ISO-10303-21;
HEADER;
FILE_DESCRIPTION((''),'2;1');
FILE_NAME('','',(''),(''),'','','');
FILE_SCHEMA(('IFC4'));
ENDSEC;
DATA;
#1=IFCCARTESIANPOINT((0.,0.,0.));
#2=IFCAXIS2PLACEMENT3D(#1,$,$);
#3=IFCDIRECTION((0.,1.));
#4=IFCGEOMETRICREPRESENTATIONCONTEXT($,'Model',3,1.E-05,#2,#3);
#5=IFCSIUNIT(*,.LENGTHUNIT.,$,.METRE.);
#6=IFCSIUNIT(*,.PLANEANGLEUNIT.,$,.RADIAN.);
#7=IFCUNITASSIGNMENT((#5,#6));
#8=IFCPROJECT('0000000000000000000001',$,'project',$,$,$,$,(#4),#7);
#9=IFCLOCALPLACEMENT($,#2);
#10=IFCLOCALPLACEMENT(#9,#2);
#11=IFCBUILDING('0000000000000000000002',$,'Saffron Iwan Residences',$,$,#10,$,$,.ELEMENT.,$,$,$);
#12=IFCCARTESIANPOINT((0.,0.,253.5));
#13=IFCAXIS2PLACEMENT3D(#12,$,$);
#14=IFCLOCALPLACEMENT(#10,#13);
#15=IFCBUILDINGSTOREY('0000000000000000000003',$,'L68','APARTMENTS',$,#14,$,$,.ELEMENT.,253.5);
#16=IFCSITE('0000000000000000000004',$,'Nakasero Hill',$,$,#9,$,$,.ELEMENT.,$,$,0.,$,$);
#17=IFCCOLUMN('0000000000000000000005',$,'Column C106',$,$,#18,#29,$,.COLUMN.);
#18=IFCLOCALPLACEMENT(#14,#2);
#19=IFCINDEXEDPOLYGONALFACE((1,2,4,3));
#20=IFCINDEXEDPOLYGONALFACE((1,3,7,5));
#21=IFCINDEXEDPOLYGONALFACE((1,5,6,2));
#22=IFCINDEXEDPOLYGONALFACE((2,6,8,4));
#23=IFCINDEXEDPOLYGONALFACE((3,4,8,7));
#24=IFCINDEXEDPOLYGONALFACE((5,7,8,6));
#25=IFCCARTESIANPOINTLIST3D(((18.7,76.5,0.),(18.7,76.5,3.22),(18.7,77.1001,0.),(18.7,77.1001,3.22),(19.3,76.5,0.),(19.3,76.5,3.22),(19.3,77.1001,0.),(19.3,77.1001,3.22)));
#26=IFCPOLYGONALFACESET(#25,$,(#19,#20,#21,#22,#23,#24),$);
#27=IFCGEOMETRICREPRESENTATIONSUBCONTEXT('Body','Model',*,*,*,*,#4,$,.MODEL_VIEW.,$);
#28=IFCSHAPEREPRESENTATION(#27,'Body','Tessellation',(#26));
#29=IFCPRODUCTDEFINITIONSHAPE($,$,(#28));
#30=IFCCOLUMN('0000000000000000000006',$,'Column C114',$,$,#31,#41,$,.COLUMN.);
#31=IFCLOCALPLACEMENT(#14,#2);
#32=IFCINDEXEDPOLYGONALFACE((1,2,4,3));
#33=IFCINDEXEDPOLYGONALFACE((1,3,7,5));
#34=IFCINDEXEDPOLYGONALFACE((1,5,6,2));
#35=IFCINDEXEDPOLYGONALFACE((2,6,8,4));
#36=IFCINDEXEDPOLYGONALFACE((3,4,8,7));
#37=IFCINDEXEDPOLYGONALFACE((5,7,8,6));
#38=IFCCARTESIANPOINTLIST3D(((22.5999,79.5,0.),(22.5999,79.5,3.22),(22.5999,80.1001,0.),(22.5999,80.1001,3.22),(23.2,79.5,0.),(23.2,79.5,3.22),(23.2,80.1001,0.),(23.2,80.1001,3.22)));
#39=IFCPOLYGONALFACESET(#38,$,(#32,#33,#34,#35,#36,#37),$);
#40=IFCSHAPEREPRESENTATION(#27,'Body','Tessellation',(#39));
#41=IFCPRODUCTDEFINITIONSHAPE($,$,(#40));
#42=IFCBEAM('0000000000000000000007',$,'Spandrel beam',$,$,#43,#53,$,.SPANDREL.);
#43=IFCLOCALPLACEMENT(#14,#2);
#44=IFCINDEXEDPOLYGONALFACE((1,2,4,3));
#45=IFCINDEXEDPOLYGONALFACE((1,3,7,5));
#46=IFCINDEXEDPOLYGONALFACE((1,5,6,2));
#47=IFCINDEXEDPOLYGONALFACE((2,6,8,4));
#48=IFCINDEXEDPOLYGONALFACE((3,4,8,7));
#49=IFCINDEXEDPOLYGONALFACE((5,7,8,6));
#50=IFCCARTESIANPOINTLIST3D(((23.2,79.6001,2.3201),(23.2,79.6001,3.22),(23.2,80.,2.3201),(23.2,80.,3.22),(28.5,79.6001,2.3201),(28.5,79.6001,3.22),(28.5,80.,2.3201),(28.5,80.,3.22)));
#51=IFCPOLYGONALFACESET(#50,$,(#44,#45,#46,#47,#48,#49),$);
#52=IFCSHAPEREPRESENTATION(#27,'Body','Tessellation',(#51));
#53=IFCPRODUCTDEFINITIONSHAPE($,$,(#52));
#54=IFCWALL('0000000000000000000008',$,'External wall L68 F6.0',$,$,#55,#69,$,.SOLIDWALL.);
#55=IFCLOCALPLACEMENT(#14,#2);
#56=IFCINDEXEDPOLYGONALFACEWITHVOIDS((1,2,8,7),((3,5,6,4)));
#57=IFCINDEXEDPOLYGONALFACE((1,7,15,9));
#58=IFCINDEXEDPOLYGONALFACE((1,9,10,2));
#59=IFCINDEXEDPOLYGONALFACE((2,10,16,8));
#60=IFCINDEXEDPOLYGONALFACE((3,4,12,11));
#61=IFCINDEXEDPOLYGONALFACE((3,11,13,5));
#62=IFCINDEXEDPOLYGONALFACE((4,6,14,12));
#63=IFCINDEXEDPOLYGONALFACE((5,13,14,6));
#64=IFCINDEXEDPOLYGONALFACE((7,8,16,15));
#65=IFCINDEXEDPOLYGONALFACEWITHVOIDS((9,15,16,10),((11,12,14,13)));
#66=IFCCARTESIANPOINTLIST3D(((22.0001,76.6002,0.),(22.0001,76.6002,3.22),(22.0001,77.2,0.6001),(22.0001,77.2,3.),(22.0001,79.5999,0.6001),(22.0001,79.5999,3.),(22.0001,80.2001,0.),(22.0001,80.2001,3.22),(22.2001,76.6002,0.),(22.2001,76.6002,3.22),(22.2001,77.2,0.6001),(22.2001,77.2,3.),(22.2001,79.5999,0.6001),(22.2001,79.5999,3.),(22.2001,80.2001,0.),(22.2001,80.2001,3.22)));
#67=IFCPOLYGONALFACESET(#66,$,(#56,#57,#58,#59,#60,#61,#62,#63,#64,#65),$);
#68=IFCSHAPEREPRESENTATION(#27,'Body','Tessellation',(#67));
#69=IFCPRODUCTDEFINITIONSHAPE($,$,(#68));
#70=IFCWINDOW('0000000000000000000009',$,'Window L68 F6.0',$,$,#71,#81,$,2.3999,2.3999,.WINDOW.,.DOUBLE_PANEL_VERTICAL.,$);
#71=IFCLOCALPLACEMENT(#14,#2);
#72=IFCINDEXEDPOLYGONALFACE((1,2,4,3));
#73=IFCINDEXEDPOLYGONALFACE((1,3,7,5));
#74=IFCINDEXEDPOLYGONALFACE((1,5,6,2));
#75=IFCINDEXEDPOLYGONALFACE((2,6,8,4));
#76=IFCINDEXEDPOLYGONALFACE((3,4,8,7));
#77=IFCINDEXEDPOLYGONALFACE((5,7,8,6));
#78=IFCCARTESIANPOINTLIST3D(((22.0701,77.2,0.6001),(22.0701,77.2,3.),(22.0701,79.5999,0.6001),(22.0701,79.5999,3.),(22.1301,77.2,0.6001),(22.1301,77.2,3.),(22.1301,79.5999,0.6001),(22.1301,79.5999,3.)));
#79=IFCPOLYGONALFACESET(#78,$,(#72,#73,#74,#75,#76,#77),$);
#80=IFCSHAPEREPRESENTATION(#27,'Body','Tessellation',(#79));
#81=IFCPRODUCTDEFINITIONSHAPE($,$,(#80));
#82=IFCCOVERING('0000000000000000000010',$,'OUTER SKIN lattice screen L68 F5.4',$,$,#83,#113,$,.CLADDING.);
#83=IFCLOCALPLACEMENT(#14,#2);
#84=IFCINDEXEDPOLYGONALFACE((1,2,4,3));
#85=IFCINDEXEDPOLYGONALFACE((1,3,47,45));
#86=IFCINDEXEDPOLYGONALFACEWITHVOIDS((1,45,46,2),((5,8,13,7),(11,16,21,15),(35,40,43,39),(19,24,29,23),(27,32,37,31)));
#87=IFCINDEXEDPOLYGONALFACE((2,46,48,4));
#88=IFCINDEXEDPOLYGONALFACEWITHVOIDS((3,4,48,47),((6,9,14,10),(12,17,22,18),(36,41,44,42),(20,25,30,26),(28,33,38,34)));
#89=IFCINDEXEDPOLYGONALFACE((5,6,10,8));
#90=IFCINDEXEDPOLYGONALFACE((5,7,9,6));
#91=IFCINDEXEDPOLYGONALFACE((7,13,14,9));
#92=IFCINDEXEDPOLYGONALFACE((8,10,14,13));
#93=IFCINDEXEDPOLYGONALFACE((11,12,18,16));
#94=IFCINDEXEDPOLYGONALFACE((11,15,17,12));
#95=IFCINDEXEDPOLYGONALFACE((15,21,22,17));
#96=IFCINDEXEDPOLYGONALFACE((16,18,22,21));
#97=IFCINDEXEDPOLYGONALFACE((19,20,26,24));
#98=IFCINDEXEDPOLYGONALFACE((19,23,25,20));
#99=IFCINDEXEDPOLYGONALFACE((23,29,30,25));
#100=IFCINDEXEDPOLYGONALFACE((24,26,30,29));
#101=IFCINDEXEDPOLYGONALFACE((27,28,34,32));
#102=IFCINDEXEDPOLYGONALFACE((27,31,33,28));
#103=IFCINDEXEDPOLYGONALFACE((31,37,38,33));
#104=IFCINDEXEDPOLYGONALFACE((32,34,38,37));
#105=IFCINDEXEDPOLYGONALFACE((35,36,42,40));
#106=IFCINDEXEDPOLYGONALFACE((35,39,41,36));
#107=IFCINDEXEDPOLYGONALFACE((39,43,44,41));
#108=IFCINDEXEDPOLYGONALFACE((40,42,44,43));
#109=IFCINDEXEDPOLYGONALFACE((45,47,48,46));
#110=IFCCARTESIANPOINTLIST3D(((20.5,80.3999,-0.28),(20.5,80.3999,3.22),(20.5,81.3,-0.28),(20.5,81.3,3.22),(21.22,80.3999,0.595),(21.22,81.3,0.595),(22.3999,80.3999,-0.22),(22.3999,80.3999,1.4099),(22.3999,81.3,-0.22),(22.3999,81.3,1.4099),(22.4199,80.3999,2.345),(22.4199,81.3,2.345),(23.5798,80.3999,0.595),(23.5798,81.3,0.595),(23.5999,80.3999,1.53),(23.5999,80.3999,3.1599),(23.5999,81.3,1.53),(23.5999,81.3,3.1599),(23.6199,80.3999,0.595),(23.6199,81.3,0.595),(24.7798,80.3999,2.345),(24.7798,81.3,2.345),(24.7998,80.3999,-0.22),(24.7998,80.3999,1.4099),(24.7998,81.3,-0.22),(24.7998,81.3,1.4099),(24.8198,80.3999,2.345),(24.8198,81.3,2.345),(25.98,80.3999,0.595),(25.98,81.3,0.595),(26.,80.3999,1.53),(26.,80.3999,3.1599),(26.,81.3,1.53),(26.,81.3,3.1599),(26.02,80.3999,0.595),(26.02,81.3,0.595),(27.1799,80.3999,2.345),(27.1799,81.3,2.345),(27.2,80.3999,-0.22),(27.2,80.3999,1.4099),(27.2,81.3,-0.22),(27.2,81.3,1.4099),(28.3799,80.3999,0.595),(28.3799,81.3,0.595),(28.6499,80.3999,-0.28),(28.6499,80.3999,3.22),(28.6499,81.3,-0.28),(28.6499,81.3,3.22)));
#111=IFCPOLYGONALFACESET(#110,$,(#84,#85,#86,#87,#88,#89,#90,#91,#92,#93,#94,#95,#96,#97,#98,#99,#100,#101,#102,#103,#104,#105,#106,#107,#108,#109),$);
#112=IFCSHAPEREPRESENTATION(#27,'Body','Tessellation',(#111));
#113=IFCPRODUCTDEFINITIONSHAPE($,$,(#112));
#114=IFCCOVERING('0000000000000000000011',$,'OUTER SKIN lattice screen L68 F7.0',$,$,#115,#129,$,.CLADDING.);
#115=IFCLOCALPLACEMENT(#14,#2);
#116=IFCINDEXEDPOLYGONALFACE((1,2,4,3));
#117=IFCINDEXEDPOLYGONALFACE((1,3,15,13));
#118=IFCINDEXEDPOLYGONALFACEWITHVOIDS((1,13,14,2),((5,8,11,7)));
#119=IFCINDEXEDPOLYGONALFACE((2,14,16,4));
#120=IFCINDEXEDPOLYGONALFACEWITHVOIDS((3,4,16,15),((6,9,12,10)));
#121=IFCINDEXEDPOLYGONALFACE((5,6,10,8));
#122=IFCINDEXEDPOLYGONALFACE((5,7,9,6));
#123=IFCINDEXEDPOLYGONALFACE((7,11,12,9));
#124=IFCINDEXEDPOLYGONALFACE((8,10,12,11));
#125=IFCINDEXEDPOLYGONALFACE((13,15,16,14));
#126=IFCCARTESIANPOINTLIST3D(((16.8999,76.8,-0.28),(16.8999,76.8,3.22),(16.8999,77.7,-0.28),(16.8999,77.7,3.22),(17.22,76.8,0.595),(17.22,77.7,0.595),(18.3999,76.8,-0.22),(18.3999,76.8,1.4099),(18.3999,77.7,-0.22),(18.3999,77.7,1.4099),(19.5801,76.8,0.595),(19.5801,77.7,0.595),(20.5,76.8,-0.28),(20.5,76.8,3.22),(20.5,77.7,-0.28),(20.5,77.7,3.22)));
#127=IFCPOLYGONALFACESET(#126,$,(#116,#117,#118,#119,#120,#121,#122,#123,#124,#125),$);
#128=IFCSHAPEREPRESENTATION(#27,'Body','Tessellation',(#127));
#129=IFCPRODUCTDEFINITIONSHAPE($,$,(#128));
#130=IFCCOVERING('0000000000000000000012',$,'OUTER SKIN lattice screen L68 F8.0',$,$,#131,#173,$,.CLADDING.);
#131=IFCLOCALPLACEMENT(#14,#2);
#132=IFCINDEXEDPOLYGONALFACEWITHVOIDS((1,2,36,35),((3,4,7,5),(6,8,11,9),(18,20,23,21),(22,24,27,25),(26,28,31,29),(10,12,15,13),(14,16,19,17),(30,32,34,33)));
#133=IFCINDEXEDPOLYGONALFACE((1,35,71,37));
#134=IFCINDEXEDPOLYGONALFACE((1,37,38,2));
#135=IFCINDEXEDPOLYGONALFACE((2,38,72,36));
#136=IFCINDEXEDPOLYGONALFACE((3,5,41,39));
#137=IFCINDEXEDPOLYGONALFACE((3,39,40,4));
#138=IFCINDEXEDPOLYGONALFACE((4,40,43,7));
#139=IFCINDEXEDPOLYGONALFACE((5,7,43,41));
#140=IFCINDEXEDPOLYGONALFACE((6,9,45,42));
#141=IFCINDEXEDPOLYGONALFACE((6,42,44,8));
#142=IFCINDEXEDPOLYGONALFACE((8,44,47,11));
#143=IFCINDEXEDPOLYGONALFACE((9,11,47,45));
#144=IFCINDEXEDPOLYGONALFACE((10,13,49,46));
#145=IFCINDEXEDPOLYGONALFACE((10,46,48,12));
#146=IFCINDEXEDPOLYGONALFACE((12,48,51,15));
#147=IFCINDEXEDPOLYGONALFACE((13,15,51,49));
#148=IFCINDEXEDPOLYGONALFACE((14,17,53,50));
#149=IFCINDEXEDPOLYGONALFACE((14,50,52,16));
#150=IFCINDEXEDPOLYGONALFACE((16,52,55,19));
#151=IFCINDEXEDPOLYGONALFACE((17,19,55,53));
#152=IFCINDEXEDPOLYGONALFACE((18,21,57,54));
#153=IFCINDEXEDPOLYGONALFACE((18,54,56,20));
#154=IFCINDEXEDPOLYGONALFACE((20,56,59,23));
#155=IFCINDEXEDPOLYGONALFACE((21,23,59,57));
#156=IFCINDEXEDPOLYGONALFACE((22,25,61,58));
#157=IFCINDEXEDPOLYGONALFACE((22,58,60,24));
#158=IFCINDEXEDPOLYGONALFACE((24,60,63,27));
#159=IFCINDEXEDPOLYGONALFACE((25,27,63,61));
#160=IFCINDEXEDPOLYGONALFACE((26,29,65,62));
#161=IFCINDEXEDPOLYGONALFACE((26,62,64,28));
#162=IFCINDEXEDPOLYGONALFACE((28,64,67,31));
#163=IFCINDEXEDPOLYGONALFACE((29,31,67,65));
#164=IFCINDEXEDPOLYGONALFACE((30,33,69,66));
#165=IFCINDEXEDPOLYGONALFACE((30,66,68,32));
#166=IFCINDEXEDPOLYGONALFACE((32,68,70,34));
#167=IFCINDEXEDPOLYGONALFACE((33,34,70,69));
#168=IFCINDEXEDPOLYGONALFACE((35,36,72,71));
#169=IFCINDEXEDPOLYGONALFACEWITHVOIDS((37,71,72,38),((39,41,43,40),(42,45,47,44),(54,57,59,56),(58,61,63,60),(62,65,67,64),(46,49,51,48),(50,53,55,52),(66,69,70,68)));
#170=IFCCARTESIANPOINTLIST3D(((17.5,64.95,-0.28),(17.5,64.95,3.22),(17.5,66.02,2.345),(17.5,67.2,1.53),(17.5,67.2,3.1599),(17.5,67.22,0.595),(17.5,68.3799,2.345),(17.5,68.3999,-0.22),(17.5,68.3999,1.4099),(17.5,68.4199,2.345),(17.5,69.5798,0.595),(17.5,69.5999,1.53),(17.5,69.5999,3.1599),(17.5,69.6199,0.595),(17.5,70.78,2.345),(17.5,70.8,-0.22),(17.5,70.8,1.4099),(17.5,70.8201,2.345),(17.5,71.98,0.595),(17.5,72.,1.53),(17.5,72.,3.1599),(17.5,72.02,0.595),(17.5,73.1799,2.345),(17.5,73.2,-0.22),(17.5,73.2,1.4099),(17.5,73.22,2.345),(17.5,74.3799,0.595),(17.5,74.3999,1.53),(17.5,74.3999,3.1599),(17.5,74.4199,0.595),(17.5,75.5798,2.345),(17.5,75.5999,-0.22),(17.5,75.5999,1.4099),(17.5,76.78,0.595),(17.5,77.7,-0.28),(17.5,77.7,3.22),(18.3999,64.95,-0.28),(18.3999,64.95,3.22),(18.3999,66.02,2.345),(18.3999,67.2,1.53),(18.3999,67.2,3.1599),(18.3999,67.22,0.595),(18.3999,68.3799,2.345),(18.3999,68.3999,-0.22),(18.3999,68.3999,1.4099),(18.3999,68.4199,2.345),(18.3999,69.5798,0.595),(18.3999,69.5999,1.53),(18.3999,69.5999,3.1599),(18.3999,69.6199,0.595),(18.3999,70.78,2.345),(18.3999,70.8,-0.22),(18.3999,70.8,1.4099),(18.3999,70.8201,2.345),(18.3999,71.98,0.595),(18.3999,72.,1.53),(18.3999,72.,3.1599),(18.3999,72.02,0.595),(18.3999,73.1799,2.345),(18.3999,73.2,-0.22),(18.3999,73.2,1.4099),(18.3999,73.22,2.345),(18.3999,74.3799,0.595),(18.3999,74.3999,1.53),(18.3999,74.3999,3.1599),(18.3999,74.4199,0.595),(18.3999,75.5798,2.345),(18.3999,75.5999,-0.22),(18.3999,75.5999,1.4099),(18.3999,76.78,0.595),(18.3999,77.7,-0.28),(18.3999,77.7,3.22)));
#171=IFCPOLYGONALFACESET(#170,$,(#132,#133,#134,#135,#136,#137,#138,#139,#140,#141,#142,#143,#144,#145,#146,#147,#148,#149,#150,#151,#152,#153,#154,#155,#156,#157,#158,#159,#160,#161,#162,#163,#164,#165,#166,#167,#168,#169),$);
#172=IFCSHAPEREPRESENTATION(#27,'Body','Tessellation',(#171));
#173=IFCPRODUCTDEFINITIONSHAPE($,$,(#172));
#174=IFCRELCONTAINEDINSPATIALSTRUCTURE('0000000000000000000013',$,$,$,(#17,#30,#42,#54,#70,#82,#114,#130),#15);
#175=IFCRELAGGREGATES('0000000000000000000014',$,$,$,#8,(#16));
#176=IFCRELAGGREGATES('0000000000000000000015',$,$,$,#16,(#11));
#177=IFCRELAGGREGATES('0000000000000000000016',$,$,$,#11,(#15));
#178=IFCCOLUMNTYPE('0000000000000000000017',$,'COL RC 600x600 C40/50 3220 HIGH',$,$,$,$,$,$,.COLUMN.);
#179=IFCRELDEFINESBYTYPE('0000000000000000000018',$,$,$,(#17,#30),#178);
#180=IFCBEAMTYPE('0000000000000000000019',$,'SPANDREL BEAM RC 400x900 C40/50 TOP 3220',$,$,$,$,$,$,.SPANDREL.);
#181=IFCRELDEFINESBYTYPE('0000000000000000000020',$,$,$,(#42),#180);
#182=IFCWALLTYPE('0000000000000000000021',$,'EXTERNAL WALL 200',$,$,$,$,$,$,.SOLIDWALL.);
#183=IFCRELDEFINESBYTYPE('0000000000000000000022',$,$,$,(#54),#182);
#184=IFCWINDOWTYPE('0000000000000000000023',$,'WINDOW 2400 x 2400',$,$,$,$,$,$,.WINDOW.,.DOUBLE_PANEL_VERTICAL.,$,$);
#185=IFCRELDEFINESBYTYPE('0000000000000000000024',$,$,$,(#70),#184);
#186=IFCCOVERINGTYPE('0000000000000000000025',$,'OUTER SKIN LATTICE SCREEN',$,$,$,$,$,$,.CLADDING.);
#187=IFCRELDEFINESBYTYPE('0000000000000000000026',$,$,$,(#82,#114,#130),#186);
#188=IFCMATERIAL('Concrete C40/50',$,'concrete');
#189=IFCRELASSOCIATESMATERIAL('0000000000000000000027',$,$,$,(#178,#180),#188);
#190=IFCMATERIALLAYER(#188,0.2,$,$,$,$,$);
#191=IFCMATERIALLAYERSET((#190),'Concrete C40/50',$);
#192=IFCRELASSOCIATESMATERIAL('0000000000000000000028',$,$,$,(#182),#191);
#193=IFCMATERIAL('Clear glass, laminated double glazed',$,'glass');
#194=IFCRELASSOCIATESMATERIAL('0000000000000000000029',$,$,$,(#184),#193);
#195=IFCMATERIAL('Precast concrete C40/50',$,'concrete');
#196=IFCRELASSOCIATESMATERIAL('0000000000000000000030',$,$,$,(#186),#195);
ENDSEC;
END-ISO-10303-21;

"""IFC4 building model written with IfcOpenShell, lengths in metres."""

from ifc_helpers import new_model, si_unit, direction, frame, frame_2d, origin, origin_2d, place, context, subcontext, project, spatial, polyline, rectangle, outline, extrude, source, transform, mapped, material, layer, layer_set, material_profile, profile_set, type_object, element, fill, save


model = new_model("IFC4")

# Units and contexts
model_context = context("Model", 3, precision=1e-05, world=origin(), true_north=direction((0.0, 1.0)))
body_context = subcontext(model_context, "Body", "Model", "MODEL_VIEW")
ifc_project = project(units=[si_unit("LENGTHUNIT", "METRE"), si_unit("PLANEANGLEUNIT", "RADIAN")], contexts=[model_context])

# Site, building, storey
site_placement = place(None, origin())
site = spatial("IfcSite", under=ifc_project, at=site_placement, Name="Nakasero Hill", CompositionType="ELEMENT", RefElevation=0.0)
building_placement = place(site_placement, origin())
building = spatial("IfcBuilding", under=site, at=building_placement, Name="Saffron Iwan Residences", CompositionType="ELEMENT")
storey_placement = place(building_placement, frame((0.0, 0.0, 253.5)))
storey = spatial("IfcBuildingStorey", under=building, at=storey_placement, Name="L68", Description="APARTMENTS", CompositionType="ELEMENT", Elevation=253.5)

# Columns
ifc_material_1 = material(Name="Concrete C40/50", Category="concrete")
ifc_material_profile_1 = material_profile(ifc_material_1, rectangle(XDim=0.6001, YDim=0.6001, at=origin_2d()), Name="RC 600x600")
ifc_profile_set_1 = profile_set([ifc_material_profile_1], Name="Concrete C40/50")
column_type = type_object("IfcColumnType", Name="COL RC 600x600 C40/50 3220 HIGH", PredefinedType="COLUMN", material=ifc_profile_set_1)
shared_shape_1 = source(origin(), body_context, "Body", "SweptSolid", [
    extrude(rectangle(XDim=0.6001, YDim=0.6001, at=origin_2d()), origin(), (0.0, 0.0, 1.0), 3.22),
])
for number, where, z_axis, x_axis, name in (
    (1, (19.0, 76.8, 0.0), (0.0, 0.0, 1.0), (1.0, 0.0, 0.0), "Column C106"),
    (2, (22.8999, 79.8, 0.0), (0.0, 0.0, 1.0), (1.0, 0.0, 0.0), "Column C114"),
):
    element("IfcColumn", number, at=place(storey_placement, frame(where, z_axis=z_axis, x_axis=x_axis)), inside=storey, type_object=column_type, Name=name, PredefinedType="COLUMN", context=body_context, shape_type="MappedRepresentation", body=[
        mapped(shared_shape_1, transform((0.0, 0.0, 0.0))),
    ])

# Beam
ifc_material_profile_2 = material_profile(ifc_material_1, rectangle(XDim=0.3999, YDim=0.8999, at=origin_2d()), Name="RC 400x900")
ifc_profile_set_2 = profile_set([ifc_material_profile_2], Name="Concrete C40/50")
beam_type = type_object("IfcBeamType", Name="SPANDREL BEAM RC 400x900 C40/50 TOP 3220", PredefinedType="SPANDREL", material=ifc_profile_set_2)
shared_shape_2 = source(origin(), body_context, "Body", "SweptSolid", [
    extrude(rectangle(XDim=0.3999, YDim=0.8999, at=origin_2d()), origin(), (0.0, 0.0, 1.0), 5.3),
])
beam_placement = place(storey_placement, frame((23.2, 79.8, 2.77), z_axis=(1.0, 0.0, 0.0), x_axis=(0.0, 1.0, 0.0)))
element("IfcBeam", 3, at=beam_placement, inside=storey, type_object=beam_type, Name="Spandrel beam", PredefinedType="SPANDREL", context=body_context, shape_type="MappedRepresentation", body=[
    mapped(shared_shape_2, transform((0.0, 0.0, 0.0))),
])

# Wall, opening, window
ifc_layer = layer(ifc_material_1, 0.2)
ifc_layer_set = layer_set([ifc_layer], Name="Concrete C40/50")
wall_type = type_object("IfcWallType", Name="EXTERNAL WALL 200", PredefinedType="SOLIDWALL", material=ifc_layer_set)
wall_placement = place(storey_placement, frame((22.1001, 80.2, 0.0), z_axis=(0.0, 0.0, 1.0), x_axis=(0.0, -1.0, 0.0)))
wall = element("IfcWall", 4, at=wall_placement, inside=storey, type_object=wall_type, Name="External wall L68 F6.0", PredefinedType="SOLIDWALL", context=body_context, shape_type="SweptSolid", body=[
    extrude(rectangle(XDim=3.5999, YDim=0.2, at=frame_2d((1.7998, 0.0))), origin(), (0.0, 0.0, 1.0), 3.22),
])
opening_placement = place(wall_placement, frame((0.6001, 0.0, 0.6001)))
opening = element("IfcOpeningElement", 5, at=opening_placement, cuts=wall, PredefinedType="OPENING", context=body_context, shape_type="SweptSolid", body=[
    extrude(rectangle(XDim=2.3999, YDim=2.3999, at=frame_2d((1.2, 1.2))), frame((0.0, 0.1099, 0.0), z_axis=(0.0, -1.0, 0.0), x_axis=(1.0, 0.0, 0.0)), (0.0, 0.0, 1.0), 0.22),
])
ifc_material_2 = material(Name="Clear glass, laminated double glazed", Category="glass")
window_type = type_object("IfcWindowType", Name="WINDOW 2400 x 2400", PartitioningType="DOUBLE_PANEL_VERTICAL", PredefinedType="WINDOW", material=ifc_material_2)
window_placement = place(opening_placement, origin())
window = element("IfcWindow", 6, at=window_placement, inside=storey, type_object=window_type, Name="Window L68 F6.0", OverallHeight=2.3999, OverallWidth=2.3999, PartitioningType="DOUBLE_PANEL_VERTICAL", PredefinedType="WINDOW", context=body_context, shape_type="SweptSolid", body=[
    extrude(rectangle(XDim=2.3999, YDim=2.3999, at=frame_2d((1.2, 1.2))), frame((0.0, 0.03, 0.0), z_axis=(0.0, -1.0, 0.0), x_axis=(1.0, 0.0, 0.0)), (0.0, 0.0, 1.0), 0.0601),
])
fill(opening, window)

# Coverings
ifc_material_3 = material(Name="Precast concrete C40/50", Category="concrete")
covering_type_1 = type_object("IfcCoveringType", Name="OUTER SKIN LATTICE SCREEN", PredefinedType="CLADDING", material=ifc_material_3)
covering_1_placement = place(storey_placement, frame((28.6499, 80.3999, -0.28), z_axis=(0.0, 1.0, 0.0), x_axis=(-1.0, 0.0, 0.0)))
element("IfcCovering", 7, at=covering_1_placement, inside=storey, type_object=covering_type_1, Name="OUTER SKIN lattice screen L68 F5.4", PredefinedType="CLADDING", context=body_context, shape_type="SweptSolid", body=[
    extrude(outline(polyline([(0.0, 0.0), (8.1499, 0.0), (8.1499, 3.5), (0.0, 3.5), (0.0, 0.0)]), holes=[polyline([(0.27, 0.875), (1.45, 0.0601), (2.6299, 0.875), (1.45, 1.6899), (0.27, 0.875)]), polyline([(2.6699, 0.875), (3.8501, 0.0601), (5.03, 0.875), (3.8501, 1.6899), (2.6699, 0.875)]), polyline([(5.0701, 0.875), (6.25, 0.0601), (7.4299, 0.875), (6.25, 1.6899), (5.0701, 0.875)]), polyline([(1.47, 2.625), (2.6499, 1.8101), (3.8301, 2.625), (2.6499, 3.4399), (1.47, 2.625)]), polyline([(3.8701, 2.625), (5.05, 1.8101), (6.23, 2.625), (5.05, 3.4399), (3.8701, 2.625)])]), origin(), (0.0, 0.0, 1.0), 0.9001),
])
covering_2_placement = place(storey_placement, frame((20.5, 76.8, -0.28), z_axis=(0.0, 1.0, 0.0), x_axis=(-1.0, 0.0, 0.0)))
element("IfcCovering", 8, at=covering_2_placement, inside=storey, type_object=covering_type_1, Name="OUTER SKIN lattice screen L68 F7.0", PredefinedType="CLADDING", context=body_context, shape_type="SweptSolid", body=[
    extrude(outline(polyline([(0.0, 0.0), (3.6001, 0.0), (3.6001, 3.5), (0.0, 3.5), (0.0, 0.0)]), holes=[polyline([(0.9199, 0.875), (2.1001, 0.0601), (3.28, 0.875), (2.1001, 1.6899), (0.9199, 0.875)])]), origin(), (0.0, 0.0, 1.0), 0.8999),
])
covering_3_placement = place(storey_placement, frame((18.3999, 77.7, -0.28), z_axis=(-1.0, 0.0, 0.0), x_axis=(0.0, -1.0, 0.0)))
element("IfcCovering", 9, at=covering_3_placement, inside=storey, type_object=covering_type_1, Name="OUTER SKIN lattice screen L68 F8.0", PredefinedType="CLADDING", context=body_context, shape_type="SweptSolid", body=[
    extrude(outline(polyline([(0.0, 0.0), (12.75, 0.0), (12.75, 3.5), (0.0, 3.5), (0.0, 0.0)]), holes=[polyline([(0.9199, 0.875), (2.1001, 0.0601), (3.28, 0.875), (2.1001, 1.6899), (0.9199, 0.875)]), polyline([(3.3201, 0.875), (4.5, 0.0601), (5.6799, 0.875), (4.5, 1.6899), (3.3201, 0.875)]), polyline([(5.72, 0.875), (6.8999, 0.0601), (8.0801, 0.875), (6.8999, 1.6899), (5.72, 0.875)]), polyline([(8.1201, 0.875), (9.3, 0.0601), (10.48, 0.875), (9.3, 1.6899), (8.1201, 0.875)]), polyline([(2.1201, 2.625), (3.3, 1.8101), (4.48, 2.625), (3.3, 3.4399), (2.1201, 2.625)]), polyline([(4.52, 2.625), (5.7, 1.8101), (6.8799, 2.625), (5.7, 3.4399), (4.52, 2.625)]), polyline([(6.9199, 2.625), (8.1001, 1.8101), (9.28, 2.625), (8.1001, 3.4399), (6.9199, 2.625)]), polyline([(9.3201, 2.625), (10.5, 1.8101), (11.6799, 2.625), (10.5, 3.4399), (9.3201, 2.625)])]), origin(), (0.0, 0.0, 1.0), 0.8999),
])

save(model, "model.ifc")
